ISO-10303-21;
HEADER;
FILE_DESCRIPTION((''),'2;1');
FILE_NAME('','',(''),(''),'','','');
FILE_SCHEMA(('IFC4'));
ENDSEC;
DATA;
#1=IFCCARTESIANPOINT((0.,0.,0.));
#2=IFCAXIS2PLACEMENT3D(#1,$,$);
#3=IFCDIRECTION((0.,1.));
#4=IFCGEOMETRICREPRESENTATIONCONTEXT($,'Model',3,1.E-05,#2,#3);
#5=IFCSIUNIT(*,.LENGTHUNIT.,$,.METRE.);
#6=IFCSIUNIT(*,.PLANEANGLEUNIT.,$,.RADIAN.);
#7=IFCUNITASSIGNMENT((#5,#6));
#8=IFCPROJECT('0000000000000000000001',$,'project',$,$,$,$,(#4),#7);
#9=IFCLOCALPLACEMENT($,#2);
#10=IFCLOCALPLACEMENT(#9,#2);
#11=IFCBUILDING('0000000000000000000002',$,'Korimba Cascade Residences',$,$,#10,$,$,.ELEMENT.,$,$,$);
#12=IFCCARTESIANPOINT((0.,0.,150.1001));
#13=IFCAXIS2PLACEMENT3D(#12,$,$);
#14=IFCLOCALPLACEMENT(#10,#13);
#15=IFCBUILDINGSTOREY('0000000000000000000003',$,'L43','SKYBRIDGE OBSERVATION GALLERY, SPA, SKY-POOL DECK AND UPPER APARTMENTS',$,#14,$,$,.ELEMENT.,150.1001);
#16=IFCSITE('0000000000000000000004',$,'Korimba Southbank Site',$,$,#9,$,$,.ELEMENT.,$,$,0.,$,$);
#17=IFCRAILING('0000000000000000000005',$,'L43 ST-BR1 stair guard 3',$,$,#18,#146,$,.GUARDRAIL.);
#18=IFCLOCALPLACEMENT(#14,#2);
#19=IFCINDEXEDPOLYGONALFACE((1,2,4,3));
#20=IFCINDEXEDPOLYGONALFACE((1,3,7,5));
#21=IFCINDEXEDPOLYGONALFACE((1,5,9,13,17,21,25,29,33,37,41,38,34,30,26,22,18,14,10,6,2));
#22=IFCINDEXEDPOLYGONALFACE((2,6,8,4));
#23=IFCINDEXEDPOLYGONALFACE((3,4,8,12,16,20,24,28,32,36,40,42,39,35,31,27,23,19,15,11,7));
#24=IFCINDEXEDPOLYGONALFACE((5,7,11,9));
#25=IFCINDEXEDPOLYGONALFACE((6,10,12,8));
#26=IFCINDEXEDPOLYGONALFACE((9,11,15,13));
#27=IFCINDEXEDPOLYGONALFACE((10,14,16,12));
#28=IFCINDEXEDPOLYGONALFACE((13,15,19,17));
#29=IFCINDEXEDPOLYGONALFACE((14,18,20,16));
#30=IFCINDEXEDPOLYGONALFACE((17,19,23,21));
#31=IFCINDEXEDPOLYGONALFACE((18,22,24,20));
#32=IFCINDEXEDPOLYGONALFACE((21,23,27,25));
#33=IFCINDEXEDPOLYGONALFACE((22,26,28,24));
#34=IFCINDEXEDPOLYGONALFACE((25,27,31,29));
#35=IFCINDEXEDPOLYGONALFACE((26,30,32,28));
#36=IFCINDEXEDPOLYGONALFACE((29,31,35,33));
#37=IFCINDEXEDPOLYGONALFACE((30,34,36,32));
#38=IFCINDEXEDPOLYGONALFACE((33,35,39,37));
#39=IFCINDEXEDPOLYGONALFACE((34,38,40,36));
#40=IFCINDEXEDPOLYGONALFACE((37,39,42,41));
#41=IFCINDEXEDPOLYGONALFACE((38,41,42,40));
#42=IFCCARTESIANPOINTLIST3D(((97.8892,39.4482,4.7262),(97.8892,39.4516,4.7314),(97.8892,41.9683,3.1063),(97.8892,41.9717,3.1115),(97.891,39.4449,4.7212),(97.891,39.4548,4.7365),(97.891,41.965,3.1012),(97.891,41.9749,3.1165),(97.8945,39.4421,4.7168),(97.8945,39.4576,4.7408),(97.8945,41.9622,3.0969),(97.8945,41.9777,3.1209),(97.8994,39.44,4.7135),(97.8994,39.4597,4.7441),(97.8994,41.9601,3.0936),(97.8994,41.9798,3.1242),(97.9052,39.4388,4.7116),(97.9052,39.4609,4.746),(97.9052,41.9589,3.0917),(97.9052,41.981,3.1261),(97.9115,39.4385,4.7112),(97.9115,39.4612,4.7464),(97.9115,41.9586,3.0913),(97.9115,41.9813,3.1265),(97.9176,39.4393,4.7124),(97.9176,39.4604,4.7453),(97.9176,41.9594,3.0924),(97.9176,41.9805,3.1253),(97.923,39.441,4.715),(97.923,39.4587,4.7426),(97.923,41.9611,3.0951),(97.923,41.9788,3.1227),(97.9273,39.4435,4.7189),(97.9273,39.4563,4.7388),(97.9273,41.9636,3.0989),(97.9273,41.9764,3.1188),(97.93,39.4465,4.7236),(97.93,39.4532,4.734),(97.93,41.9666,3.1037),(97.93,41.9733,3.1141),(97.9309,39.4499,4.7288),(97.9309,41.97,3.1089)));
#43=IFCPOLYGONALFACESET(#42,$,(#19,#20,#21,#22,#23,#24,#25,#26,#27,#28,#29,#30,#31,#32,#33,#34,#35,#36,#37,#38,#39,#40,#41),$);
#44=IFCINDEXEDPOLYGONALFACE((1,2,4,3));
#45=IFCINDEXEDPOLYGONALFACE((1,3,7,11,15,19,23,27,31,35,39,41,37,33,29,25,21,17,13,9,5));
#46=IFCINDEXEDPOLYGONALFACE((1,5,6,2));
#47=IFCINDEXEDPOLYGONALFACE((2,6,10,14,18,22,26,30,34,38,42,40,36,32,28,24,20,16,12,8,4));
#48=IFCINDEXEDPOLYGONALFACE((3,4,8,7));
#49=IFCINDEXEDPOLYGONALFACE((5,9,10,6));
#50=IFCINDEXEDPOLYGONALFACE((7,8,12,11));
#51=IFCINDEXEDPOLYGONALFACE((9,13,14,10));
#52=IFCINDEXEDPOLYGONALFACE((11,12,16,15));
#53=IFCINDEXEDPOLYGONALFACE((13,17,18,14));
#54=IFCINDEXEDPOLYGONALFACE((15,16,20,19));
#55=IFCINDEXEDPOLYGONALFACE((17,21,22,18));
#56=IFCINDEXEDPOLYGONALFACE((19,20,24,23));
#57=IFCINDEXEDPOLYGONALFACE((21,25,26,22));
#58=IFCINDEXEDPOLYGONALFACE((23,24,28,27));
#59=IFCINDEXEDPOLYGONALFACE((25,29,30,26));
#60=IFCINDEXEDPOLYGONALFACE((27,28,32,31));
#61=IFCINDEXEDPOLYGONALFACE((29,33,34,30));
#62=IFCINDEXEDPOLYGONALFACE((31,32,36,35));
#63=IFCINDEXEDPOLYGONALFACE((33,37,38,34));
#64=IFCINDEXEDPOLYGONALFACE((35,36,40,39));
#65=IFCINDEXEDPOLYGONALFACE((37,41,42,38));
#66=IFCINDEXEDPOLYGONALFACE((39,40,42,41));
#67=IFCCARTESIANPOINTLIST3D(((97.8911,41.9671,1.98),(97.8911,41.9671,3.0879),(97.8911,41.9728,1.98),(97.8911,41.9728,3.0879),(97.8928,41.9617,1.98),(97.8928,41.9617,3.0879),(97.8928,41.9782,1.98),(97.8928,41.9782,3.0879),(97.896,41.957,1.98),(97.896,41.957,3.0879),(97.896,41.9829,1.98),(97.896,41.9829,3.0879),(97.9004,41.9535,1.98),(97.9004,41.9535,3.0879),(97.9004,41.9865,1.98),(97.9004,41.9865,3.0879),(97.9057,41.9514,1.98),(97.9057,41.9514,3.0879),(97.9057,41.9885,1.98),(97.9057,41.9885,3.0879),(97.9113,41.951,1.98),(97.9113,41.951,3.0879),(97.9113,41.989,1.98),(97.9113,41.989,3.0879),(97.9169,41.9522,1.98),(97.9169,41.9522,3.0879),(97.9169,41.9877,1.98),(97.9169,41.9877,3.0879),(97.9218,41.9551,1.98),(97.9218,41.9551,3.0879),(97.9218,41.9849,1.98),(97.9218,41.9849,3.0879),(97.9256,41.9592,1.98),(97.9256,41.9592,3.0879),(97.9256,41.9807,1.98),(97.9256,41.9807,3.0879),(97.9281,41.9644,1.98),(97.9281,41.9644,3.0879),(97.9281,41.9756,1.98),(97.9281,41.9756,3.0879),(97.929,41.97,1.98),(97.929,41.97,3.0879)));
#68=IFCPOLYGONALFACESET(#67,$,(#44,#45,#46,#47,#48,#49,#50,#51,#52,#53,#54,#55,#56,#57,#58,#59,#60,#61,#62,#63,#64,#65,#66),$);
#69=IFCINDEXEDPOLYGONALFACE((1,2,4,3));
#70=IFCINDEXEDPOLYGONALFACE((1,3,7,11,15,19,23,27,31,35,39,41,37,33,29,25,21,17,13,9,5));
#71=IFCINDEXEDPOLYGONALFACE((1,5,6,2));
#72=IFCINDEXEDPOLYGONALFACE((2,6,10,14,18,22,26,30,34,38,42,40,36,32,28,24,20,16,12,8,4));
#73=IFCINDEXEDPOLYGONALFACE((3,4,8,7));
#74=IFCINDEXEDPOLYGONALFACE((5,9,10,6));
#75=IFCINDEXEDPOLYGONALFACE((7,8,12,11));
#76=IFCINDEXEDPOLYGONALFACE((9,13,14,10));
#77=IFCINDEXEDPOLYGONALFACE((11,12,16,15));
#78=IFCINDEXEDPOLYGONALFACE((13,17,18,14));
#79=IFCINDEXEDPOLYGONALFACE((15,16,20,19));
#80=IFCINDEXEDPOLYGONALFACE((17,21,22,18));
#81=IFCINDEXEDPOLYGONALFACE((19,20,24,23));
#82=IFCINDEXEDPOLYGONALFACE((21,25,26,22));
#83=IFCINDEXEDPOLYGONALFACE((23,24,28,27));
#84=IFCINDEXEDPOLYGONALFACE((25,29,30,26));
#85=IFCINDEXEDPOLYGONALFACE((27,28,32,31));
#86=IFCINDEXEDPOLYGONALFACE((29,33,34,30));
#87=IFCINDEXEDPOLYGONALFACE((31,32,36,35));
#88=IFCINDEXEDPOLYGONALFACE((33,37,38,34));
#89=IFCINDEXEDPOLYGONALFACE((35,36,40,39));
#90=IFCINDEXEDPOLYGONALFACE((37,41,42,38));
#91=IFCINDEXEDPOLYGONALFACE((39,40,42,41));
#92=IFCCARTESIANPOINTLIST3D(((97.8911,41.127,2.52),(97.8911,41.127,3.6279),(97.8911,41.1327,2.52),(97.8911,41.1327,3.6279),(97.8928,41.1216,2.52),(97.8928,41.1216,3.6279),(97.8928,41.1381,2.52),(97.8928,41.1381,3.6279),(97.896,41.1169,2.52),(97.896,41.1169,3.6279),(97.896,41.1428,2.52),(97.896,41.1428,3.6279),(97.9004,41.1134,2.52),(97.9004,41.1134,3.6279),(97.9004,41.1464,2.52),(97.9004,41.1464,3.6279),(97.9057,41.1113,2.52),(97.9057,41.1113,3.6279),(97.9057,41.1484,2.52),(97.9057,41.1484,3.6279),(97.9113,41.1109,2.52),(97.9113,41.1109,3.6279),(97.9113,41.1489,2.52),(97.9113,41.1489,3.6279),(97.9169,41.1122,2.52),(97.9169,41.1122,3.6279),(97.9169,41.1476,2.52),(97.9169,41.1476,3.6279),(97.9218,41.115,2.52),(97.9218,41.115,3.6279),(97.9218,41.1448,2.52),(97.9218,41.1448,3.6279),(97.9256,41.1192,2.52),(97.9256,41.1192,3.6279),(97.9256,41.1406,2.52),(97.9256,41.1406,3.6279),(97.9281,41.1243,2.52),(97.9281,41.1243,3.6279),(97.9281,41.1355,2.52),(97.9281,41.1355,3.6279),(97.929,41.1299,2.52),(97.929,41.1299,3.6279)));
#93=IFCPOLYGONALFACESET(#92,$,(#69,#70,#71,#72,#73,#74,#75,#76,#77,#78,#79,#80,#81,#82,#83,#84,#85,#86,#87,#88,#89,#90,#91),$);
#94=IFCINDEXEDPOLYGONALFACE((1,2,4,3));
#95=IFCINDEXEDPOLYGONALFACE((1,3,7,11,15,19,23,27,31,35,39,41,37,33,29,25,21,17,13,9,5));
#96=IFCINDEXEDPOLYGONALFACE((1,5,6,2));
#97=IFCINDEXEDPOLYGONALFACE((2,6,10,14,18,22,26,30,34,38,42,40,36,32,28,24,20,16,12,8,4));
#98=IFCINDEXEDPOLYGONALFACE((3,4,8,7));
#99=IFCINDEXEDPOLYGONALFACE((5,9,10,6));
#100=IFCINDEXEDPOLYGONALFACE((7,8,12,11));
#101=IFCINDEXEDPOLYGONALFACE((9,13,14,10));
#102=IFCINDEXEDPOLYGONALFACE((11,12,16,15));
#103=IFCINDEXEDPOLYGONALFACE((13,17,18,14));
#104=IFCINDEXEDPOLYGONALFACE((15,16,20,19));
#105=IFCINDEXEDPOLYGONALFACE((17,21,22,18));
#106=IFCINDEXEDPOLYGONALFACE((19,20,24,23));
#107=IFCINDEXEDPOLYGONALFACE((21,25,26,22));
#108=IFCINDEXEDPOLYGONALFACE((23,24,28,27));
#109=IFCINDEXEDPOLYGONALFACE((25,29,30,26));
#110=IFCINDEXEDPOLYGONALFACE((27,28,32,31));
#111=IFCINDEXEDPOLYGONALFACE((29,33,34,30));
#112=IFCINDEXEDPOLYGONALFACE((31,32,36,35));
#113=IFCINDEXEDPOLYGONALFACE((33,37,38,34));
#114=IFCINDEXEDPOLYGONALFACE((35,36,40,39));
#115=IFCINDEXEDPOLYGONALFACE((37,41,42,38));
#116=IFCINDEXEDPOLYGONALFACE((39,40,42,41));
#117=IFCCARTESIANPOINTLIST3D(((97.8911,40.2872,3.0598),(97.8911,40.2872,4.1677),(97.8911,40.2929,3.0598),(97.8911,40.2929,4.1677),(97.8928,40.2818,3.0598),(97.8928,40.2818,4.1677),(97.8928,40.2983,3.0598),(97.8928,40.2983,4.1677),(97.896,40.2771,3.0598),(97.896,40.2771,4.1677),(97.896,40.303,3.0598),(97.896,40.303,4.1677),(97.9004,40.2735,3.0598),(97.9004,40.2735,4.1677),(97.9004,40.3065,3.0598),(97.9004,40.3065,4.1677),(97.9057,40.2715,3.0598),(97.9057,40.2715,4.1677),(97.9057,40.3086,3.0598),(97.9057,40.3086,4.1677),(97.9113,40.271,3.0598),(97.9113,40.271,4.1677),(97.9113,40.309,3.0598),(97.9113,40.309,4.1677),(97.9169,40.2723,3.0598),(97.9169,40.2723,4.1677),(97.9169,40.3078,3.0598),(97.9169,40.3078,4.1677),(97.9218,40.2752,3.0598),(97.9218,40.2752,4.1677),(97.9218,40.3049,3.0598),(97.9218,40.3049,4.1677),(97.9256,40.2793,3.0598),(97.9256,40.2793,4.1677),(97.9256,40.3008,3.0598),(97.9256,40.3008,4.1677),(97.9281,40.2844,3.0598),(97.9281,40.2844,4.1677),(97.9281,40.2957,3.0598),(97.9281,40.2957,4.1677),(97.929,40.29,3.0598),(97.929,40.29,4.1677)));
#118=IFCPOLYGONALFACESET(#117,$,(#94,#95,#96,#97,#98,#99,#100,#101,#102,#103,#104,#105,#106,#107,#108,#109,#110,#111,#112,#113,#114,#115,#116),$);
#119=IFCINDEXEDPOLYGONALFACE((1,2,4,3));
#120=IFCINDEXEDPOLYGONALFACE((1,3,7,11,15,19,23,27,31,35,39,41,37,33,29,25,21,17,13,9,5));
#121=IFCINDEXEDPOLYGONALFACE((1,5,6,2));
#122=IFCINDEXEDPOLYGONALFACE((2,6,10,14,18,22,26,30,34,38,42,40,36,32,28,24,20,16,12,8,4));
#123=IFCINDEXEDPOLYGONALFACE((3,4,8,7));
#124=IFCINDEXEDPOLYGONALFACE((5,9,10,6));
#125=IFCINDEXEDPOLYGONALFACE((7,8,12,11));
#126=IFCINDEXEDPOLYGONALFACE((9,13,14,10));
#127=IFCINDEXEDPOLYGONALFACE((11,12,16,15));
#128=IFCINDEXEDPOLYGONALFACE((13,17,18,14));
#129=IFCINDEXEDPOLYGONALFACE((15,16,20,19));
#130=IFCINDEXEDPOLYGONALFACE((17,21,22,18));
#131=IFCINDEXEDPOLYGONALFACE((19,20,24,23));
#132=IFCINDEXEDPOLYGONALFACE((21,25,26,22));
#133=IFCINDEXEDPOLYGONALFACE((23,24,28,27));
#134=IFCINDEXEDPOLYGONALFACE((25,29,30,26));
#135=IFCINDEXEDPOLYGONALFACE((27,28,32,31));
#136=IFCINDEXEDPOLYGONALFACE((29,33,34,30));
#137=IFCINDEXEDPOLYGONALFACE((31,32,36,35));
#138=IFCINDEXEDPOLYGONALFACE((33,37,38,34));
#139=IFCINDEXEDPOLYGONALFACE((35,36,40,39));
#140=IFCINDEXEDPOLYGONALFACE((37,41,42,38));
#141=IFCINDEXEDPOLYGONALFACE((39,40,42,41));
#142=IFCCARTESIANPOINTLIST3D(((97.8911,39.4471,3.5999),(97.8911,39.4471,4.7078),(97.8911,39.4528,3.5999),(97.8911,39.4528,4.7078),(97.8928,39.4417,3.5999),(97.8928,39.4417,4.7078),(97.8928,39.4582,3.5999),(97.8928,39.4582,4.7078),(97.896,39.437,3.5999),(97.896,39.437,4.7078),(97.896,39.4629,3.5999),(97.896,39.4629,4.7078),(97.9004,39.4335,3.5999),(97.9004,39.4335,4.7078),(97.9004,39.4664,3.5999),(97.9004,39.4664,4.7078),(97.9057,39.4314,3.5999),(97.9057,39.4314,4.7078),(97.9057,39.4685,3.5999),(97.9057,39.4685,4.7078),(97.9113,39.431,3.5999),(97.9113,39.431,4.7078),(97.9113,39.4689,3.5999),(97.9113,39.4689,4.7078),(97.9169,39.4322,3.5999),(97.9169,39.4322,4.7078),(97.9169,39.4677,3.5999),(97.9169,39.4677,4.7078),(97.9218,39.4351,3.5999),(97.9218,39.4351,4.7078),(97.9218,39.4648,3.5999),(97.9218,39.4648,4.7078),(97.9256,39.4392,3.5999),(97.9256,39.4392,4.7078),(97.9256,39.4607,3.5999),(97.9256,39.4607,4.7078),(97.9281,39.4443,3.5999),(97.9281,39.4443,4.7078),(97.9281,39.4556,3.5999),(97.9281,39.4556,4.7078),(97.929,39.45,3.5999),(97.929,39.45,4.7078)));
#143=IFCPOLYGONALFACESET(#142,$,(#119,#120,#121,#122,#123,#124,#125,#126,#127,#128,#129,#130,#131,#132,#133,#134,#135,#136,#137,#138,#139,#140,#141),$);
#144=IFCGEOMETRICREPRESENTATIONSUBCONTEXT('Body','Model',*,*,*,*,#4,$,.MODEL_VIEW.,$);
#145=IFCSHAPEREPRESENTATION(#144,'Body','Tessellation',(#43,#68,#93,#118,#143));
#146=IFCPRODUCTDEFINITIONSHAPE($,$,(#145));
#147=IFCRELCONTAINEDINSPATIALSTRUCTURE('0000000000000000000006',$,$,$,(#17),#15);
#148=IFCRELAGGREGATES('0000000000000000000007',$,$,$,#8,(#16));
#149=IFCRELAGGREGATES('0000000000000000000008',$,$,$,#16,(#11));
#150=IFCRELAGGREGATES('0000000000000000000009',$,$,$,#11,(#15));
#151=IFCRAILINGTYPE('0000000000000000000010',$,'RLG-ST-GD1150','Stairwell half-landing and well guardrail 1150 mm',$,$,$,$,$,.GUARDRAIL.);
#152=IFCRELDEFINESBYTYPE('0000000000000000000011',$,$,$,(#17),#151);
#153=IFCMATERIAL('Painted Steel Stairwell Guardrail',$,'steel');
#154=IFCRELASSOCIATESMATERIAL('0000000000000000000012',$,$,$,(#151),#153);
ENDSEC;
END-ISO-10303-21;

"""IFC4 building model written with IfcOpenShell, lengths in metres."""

from ifc_helpers import new_model, si_unit, direction, frame, origin, origin_2d, place, context, subcontext, project, spatial, circle, extrude, material, type_object, element, save


model = new_model("IFC4")

# Units and contexts
model_context = context("Model", 3, precision=1e-05, world=origin(), true_north=direction((0.0, 1.0)))
body_context = subcontext(model_context, "Body", "Model", "MODEL_VIEW")
ifc_project = project(units=[si_unit("LENGTHUNIT", "METRE"), si_unit("PLANEANGLEUNIT", "RADIAN")], contexts=[model_context])

# Site, building, storey
site_placement = place(None, origin())
site = spatial("IfcSite", under=ifc_project, at=site_placement, Name="Korimba Southbank Site", CompositionType="ELEMENT", RefElevation=0.0)
building_placement = place(site_placement, origin())
building = spatial("IfcBuilding", under=site, at=building_placement, Name="Korimba Cascade Residences", CompositionType="ELEMENT")
storey_placement = place(building_placement, frame((0.0, 0.0, 150.1001)))
storey = spatial("IfcBuildingStorey", under=building, at=storey_placement, Name="L43", Description="SKYBRIDGE OBSERVATION GALLERY, SPA, SKY-POOL DECK AND UPPER APARTMENTS", CompositionType="ELEMENT", Elevation=150.1001)

# Railing
ifc_material_1 = material(Name="Painted Steel Stairwell Guardrail", Category="steel")
railing_type_1 = type_object("IfcRailingType", Name="RLG-ST-GD1150", Description="Stairwell half-landing and well guardrail 1150 mm", PredefinedType="GUARDRAIL", material=ifc_material_1)
railing_1_placement = place(storey_placement, frame((97.9099, 41.97, 1.98)))
element("IfcRailing", 1, at=railing_1_placement, inside=storey, type_object=railing_type_1, Name="L43 ST-BR1 stair guard 3", PredefinedType="GUARDRAIL", context=body_context, shape_type="SweptSolid", body=[
    extrude(circle(Radius=0.021, at=origin_2d()), frame((0.0, 0.0, 1.1289), z_axis=(0.0, -0.8412, 0.540725), x_axis=(1.0, 0.0, 0.0)), (0.0, 0.0, 1.0), 2.9958),
    extrude(circle(Radius=0.019, at=origin_2d()), origin(), (0.0, 0.0, 1.0), 1.1079),
    extrude(circle(Radius=0.019, at=origin_2d()), frame((0.0, -0.8401, 0.54)), (0.0, 0.0, 1.0), 1.1079),
    extrude(circle(Radius=0.019, at=origin_2d()), frame((0.0, -1.6799, 1.0798)), (0.0, 0.0, 1.0), 1.1079),
    extrude(circle(Radius=0.019, at=origin_2d()), frame((0.0, -2.52, 1.6199)), (0.0, 0.0, 1.0), 1.1079),
])

save(model, "model.ifc")
